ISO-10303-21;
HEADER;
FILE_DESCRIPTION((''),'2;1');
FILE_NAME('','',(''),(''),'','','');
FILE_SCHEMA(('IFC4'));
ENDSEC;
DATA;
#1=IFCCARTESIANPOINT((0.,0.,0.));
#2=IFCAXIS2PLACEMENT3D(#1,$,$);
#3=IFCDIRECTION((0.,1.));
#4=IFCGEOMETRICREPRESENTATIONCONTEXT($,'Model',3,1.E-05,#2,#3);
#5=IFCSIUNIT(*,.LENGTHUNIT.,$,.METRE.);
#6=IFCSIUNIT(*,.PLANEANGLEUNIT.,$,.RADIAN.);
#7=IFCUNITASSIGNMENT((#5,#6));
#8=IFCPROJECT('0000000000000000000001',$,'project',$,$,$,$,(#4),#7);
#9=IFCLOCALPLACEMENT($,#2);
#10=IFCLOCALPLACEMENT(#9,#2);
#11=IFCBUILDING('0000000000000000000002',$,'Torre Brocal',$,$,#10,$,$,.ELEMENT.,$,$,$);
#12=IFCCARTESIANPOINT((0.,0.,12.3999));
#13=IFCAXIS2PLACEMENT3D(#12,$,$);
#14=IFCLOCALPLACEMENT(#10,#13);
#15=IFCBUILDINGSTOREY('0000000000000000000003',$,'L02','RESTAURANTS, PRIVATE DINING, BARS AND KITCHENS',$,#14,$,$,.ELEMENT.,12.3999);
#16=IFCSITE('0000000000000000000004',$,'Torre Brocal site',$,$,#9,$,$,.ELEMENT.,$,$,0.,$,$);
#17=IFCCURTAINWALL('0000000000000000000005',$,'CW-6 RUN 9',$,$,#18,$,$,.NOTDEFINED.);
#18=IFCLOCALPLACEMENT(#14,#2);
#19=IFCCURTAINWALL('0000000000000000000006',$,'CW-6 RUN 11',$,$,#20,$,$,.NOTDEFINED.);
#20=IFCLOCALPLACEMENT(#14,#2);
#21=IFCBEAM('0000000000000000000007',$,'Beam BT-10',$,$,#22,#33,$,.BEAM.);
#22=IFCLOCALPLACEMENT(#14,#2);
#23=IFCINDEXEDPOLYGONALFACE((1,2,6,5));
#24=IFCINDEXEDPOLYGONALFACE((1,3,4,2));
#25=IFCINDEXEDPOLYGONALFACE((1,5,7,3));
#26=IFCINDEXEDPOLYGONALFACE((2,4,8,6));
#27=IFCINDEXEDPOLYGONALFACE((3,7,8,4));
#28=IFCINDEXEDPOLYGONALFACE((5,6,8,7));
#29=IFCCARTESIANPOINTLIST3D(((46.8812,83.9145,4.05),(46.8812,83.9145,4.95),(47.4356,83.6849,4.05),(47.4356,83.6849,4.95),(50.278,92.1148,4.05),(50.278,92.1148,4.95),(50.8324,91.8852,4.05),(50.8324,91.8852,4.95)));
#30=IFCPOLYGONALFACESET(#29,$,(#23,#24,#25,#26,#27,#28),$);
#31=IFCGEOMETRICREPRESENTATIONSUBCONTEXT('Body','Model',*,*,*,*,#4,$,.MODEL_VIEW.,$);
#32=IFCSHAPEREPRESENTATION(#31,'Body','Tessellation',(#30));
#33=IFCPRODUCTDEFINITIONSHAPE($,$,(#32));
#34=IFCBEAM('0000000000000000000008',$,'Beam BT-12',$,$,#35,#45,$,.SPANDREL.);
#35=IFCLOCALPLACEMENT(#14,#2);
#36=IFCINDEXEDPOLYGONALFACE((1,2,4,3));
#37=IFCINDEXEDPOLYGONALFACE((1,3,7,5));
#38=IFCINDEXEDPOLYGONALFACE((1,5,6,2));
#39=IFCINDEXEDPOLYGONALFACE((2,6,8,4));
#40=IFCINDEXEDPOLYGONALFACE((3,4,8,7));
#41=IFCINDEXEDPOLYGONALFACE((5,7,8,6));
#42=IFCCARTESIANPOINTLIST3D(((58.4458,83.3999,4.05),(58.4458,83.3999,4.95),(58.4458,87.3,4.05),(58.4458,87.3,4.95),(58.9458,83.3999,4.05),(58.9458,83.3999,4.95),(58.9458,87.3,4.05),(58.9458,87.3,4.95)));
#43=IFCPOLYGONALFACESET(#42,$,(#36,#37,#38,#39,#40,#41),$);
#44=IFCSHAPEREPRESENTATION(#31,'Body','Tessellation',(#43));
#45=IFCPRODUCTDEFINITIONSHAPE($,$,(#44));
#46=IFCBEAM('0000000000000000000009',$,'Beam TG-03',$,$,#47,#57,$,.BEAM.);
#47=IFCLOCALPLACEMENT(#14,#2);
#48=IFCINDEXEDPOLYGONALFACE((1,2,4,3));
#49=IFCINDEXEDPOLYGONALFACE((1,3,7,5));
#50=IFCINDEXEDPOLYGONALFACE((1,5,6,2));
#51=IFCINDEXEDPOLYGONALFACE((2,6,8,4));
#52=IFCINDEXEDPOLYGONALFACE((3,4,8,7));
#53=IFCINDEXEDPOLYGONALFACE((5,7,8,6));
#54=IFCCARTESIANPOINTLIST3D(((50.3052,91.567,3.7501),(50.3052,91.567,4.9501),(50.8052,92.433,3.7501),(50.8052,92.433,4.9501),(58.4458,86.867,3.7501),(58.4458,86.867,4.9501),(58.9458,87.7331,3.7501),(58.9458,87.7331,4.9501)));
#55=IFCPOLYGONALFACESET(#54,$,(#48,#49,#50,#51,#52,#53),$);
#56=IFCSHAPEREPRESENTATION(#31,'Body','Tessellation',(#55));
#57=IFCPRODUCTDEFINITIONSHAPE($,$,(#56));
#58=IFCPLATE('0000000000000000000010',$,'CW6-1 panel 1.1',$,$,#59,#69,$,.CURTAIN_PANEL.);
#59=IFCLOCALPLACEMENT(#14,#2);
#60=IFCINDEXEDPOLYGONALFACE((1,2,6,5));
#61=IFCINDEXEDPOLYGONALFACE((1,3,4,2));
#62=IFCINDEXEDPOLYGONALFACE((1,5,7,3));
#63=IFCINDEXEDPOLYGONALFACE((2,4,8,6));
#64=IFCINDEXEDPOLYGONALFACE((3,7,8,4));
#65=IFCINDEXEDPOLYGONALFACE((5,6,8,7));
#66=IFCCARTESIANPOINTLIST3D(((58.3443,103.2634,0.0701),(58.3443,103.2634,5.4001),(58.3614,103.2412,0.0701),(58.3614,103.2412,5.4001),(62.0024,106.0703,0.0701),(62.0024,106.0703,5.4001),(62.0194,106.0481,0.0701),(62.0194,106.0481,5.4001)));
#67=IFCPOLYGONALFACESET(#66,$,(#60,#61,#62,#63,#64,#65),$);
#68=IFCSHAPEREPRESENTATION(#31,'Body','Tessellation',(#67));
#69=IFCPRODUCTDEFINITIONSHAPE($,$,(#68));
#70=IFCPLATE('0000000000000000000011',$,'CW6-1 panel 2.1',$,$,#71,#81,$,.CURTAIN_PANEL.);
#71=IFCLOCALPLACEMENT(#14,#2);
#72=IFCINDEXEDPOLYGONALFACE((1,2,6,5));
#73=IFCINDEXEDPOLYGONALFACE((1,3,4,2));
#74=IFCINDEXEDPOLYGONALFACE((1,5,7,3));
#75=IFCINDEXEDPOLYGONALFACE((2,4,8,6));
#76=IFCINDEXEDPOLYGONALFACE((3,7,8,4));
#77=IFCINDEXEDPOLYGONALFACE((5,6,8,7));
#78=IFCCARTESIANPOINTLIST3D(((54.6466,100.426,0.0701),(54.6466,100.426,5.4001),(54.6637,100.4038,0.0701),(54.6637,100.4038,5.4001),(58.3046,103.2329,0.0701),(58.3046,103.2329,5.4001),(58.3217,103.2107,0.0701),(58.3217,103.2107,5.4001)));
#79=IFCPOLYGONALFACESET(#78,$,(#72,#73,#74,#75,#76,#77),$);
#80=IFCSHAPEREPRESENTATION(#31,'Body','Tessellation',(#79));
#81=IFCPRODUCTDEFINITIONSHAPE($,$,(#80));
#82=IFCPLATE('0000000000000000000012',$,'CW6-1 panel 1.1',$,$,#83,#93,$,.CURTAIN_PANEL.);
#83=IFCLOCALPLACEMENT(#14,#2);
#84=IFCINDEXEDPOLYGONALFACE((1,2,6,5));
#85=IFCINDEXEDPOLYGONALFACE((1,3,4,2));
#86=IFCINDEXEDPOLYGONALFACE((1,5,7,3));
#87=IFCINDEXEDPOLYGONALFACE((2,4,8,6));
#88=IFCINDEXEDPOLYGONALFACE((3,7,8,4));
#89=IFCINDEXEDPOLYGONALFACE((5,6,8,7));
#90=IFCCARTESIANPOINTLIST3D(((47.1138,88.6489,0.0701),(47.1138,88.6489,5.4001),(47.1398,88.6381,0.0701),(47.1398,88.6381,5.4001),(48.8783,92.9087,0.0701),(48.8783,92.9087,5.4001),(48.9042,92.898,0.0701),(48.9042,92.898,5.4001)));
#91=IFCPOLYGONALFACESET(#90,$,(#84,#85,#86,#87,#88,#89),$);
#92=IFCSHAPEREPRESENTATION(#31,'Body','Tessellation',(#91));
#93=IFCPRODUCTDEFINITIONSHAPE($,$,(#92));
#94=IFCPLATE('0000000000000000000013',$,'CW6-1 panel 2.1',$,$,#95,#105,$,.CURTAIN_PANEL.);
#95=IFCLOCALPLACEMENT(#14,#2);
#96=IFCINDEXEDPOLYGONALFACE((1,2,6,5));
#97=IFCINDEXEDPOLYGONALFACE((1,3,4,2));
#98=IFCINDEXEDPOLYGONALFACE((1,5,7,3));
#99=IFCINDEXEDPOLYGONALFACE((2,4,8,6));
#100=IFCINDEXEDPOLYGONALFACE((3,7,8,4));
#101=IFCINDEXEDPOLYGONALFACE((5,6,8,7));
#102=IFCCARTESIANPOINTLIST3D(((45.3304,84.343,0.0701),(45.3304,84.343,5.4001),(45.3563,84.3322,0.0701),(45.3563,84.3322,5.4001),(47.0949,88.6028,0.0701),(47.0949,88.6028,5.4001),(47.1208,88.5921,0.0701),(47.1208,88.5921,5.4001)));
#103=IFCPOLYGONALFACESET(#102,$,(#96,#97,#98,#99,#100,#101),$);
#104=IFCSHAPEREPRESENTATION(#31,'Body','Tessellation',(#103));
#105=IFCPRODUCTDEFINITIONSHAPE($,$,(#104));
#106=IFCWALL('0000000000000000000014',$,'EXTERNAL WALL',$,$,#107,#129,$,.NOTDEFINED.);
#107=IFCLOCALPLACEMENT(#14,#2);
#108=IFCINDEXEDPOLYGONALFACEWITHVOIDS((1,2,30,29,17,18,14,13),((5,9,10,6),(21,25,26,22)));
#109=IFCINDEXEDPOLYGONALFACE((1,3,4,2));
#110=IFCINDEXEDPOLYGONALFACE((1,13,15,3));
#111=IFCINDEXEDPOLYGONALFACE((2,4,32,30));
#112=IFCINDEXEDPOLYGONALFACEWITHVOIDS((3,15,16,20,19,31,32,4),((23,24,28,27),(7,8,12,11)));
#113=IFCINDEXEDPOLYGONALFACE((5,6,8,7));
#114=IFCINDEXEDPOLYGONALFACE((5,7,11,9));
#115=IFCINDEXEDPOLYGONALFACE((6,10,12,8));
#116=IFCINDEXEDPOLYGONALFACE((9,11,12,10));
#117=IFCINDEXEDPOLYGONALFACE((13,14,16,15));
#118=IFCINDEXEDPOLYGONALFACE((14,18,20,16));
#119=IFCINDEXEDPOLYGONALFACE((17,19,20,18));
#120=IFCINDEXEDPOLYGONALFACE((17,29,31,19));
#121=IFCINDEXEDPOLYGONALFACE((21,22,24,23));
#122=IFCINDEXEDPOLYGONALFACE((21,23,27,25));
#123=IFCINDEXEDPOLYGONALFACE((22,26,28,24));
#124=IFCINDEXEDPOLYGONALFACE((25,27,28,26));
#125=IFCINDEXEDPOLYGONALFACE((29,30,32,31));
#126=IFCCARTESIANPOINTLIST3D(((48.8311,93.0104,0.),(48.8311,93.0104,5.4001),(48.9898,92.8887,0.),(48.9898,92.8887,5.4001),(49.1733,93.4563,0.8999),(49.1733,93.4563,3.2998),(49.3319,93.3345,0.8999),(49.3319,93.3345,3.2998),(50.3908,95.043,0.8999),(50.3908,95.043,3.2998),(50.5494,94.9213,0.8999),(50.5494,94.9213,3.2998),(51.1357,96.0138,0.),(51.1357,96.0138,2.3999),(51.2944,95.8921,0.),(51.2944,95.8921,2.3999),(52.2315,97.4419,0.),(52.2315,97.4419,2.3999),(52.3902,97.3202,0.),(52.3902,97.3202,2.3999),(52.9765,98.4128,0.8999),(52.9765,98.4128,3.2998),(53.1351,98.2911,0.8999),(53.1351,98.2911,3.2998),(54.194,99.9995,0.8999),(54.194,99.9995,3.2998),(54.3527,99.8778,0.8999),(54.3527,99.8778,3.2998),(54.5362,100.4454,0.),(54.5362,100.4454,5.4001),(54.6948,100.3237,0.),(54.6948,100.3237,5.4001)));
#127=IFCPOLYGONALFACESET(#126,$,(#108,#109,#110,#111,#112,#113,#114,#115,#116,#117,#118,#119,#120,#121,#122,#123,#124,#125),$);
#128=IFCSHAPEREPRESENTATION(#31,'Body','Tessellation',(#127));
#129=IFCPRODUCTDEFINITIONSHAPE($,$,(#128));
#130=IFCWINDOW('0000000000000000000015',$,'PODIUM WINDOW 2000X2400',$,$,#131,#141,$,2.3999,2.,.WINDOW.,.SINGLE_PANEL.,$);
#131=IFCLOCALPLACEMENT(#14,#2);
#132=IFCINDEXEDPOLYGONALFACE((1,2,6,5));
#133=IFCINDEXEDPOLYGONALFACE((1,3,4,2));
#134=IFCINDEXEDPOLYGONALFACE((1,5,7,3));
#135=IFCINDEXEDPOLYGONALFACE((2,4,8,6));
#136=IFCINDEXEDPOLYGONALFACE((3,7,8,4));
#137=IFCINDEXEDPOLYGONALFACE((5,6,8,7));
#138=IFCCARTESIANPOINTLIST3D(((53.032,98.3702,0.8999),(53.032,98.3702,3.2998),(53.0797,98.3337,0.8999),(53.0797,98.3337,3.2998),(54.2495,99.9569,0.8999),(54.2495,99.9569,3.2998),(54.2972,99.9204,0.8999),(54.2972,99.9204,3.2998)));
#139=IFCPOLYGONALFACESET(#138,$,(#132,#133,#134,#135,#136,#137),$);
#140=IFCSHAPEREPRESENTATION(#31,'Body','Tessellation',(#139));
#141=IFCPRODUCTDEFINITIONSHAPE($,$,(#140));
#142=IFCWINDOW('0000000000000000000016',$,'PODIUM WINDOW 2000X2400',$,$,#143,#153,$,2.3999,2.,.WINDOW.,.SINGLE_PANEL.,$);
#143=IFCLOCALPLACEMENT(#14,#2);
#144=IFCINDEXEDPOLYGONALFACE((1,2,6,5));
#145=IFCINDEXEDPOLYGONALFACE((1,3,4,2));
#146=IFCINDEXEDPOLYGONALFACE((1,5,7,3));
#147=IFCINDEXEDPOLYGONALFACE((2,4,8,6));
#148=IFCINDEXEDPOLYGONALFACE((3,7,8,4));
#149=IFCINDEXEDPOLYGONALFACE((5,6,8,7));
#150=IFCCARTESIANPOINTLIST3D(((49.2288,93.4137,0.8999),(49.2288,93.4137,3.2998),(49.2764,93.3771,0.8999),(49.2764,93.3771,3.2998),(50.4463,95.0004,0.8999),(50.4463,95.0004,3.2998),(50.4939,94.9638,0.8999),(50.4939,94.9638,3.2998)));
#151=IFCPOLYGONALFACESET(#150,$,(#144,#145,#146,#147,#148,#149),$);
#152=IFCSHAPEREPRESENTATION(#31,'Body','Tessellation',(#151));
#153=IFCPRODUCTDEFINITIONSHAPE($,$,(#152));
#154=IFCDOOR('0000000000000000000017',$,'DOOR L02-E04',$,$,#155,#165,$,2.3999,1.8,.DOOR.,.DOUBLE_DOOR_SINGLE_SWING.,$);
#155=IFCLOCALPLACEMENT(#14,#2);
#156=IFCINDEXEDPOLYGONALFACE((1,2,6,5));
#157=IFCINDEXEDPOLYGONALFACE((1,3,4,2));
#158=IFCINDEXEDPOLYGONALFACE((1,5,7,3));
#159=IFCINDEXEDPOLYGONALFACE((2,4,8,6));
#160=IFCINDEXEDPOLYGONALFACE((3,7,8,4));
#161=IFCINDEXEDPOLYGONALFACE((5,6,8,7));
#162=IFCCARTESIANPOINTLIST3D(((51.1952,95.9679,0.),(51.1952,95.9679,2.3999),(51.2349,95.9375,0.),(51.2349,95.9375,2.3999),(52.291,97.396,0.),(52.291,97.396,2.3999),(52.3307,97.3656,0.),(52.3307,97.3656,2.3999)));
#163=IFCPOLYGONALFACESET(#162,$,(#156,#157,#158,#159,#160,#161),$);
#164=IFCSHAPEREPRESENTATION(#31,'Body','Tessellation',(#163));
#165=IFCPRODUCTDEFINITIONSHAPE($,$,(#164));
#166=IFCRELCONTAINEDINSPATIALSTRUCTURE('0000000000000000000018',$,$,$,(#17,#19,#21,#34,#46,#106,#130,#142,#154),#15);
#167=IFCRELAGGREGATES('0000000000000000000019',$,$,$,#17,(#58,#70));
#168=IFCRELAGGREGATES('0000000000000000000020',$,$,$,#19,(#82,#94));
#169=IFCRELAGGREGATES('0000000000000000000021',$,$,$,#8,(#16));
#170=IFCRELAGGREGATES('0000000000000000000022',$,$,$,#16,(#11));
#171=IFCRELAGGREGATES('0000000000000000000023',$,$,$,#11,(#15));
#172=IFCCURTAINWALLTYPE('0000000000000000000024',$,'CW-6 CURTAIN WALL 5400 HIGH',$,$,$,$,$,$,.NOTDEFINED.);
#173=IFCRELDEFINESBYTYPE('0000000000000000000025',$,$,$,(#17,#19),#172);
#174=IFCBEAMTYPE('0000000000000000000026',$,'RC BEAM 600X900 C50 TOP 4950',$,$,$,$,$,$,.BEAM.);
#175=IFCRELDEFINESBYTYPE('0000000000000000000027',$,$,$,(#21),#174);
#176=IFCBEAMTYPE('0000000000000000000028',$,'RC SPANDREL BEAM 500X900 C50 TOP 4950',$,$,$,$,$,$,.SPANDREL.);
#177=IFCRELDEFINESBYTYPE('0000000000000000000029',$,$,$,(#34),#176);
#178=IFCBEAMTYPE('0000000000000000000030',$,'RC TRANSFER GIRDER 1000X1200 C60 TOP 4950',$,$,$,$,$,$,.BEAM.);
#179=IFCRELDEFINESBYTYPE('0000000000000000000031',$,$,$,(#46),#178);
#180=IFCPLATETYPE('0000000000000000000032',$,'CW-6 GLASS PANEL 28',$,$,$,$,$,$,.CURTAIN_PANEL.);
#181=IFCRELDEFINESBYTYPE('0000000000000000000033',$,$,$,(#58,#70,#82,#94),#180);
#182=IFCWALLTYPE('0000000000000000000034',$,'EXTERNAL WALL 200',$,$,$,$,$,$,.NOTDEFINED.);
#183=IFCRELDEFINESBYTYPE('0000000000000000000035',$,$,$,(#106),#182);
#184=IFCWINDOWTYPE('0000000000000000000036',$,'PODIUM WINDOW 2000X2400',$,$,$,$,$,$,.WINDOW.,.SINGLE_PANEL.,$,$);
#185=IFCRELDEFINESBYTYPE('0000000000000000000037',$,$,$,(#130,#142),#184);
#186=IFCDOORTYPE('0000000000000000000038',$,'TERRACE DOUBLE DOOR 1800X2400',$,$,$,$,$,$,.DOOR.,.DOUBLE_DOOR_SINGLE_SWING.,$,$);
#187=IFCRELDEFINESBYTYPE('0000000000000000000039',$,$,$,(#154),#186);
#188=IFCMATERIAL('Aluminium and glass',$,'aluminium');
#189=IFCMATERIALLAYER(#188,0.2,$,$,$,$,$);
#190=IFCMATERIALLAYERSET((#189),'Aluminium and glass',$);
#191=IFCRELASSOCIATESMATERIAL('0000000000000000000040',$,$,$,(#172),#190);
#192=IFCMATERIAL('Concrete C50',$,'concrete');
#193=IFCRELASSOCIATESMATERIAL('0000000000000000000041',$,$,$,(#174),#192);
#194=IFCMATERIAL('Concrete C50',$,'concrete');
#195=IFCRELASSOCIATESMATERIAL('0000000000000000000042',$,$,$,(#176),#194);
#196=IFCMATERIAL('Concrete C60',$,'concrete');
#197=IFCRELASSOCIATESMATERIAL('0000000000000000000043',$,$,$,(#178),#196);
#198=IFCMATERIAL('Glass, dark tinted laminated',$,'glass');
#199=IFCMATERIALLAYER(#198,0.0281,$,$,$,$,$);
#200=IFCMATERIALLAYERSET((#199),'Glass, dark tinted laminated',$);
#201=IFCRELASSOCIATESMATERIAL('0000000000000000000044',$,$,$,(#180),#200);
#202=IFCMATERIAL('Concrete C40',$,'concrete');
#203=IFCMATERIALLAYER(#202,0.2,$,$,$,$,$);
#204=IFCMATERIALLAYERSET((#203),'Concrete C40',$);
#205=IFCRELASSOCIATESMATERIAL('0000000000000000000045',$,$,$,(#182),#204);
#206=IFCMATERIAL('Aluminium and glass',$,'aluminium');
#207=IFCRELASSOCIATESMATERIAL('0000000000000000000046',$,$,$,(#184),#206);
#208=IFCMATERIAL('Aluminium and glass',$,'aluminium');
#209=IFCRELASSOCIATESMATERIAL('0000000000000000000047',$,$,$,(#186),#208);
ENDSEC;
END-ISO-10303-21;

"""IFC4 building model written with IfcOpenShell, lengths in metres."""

from ifc_helpers import new_model, si_unit, direction, frame, frame_2d, origin, origin_2d, place, context, subcontext, project, spatial, rectangle, extrude, material, layer, layer_set, material_profile, profile_set, type_object, element, fill, aggregate, save


model = new_model("IFC4")

# Units and contexts
model_context = context("Model", 3, precision=1e-05, world=origin(), true_north=direction((0.0, 1.0)))
body_context = subcontext(model_context, "Body", "Model", "MODEL_VIEW")
ifc_project = project(units=[si_unit("LENGTHUNIT", "METRE"), si_unit("PLANEANGLEUNIT", "RADIAN")], contexts=[model_context])

# Site, building, storey
site_placement = place(None, origin())
site = spatial("IfcSite", under=ifc_project, at=site_placement, Name="Torre Brocal site", CompositionType="ELEMENT", RefElevation=0.0)
building_placement = place(site_placement, origin())
building = spatial("IfcBuilding", under=site, at=building_placement, Name="Torre Brocal", CompositionType="ELEMENT")
storey_placement = place(building_placement, frame((0.0, 0.0, 12.3999)))
storey = spatial("IfcBuildingStorey", under=building, at=storey_placement, Name="L02", Description="RESTAURANTS, PRIVATE DINING, BARS AND KITCHENS", CompositionType="ELEMENT", Elevation=12.3999)

# Shared definitions
ifc_material_1 = material(Name="Aluminium and glass", Category="aluminium")
ifc_layer_1 = layer(ifc_material_1, 0.2)
ifc_layer_set_1 = layer_set([ifc_layer_1], Name="Aluminium and glass")
curtain_wall_type = type_object("IfcCurtainWallType", Name="CW-6 CURTAIN WALL 5400 HIGH", PredefinedType="NOTDEFINED", material=ifc_layer_set_1)

# Curtain walls
curtain_wall_1_placement = place(storey_placement, origin())
curtain_wall_1 = element("IfcCurtainWall", 1, at=curtain_wall_1_placement, inside=storey, type_object=curtain_wall_type, Name="CW-6 RUN 9", PredefinedType="NOTDEFINED")
curtain_wall_2_placement = place(storey_placement, origin())
curtain_wall_2 = element("IfcCurtainWall", 2, at=curtain_wall_2_placement, inside=storey, type_object=curtain_wall_type, Name="CW-6 RUN 11", PredefinedType="NOTDEFINED")

# Beams
ifc_material_2 = material(Name="Concrete C50", Category="concrete")
ifc_material_profile_1 = material_profile(ifc_material_2, rectangle(XDim=0.6001, YDim=0.8999, at=origin_2d()), Name="RC 600X900")
ifc_profile_set_1 = profile_set([ifc_material_profile_1], Name="Concrete C50")
beam_type_1 = type_object("IfcBeamType", Name="RC BEAM 600X900 C50 TOP 4950", PredefinedType="BEAM", material=ifc_profile_set_1)
beam_1_placement = place(storey_placement, frame((50.5552, 92.0, 4.5), z_axis=(-0.382693, -0.923876, 0.0), x_axis=(0.923876, -0.382693, 0.0)))
element("IfcBeam", 3, at=beam_1_placement, inside=storey, type_object=beam_type_1, Name="Beam BT-10", PredefinedType="BEAM", context=body_context, shape_type="SweptSolid", body=[
    extrude(rectangle(XDim=0.6001, YDim=0.8999, at=origin_2d()), origin(), (0.0, 0.0, 1.0), 8.876),
])
ifc_material_3 = material(Name="Concrete C50", Category="concrete")
ifc_material_profile_2 = material_profile(ifc_material_3, rectangle(XDim=0.5, YDim=0.8999, at=origin_2d()), Name="RC 500X900")
ifc_profile_set_2 = profile_set([ifc_material_profile_2], Name="Concrete C50")
beam_type_2 = type_object("IfcBeamType", Name="RC SPANDREL BEAM 500X900 C50 TOP 4950", PredefinedType="SPANDREL", material=ifc_profile_set_2)
beam_2_placement = place(storey_placement, frame((58.6958, 87.3, 4.5), z_axis=(0.0, -1.0, 0.0), x_axis=(1.0, 0.0, 0.0)))
element("IfcBeam", 4, at=beam_2_placement, inside=storey, type_object=beam_type_2, Name="Beam BT-12", PredefinedType="SPANDREL", context=body_context, shape_type="SweptSolid", body=[
    extrude(rectangle(XDim=0.5, YDim=0.8999, at=origin_2d()), origin(), (0.0, 0.0, 1.0), 3.9001),
])
ifc_material_4 = material(Name="Concrete C60", Category="concrete")
ifc_material_profile_3 = material_profile(ifc_material_4, rectangle(XDim=1.0, YDim=1.2, at=origin_2d()), Name="RC 1000X1200")
ifc_profile_set_3 = profile_set([ifc_material_profile_3], Name="Concrete C60")
beam_type_3 = type_object("IfcBeamType", Name="RC TRANSFER GIRDER 1000X1200 C60 TOP 4950", PredefinedType="BEAM", material=ifc_profile_set_3)
beam_3_placement = place(storey_placement, frame((58.6958, 87.3, 4.3501), z_axis=(-0.866027, 0.499997, 0.0), x_axis=(-0.499997, -0.866027, 0.0)))
element("IfcBeam", 5, at=beam_3_placement, inside=storey, type_object=beam_type_3, Name="Beam TG-03", PredefinedType="BEAM", context=body_context, shape_type="SweptSolid", body=[
    extrude(rectangle(XDim=1.0, YDim=1.2, at=origin_2d()), origin(), (0.0, 0.0, 1.0), 9.3999),
])

# Plates
ifc_material_5 = material(Name="Glass, dark tinted laminated", Category="glass")
ifc_layer_2 = layer(ifc_material_5, 0.0281)
ifc_layer_set_2 = layer_set([ifc_layer_2], Name="Glass, dark tinted laminated")
plate_type = type_object("IfcPlateType", Name="CW-6 GLASS PANEL 28", PredefinedType="CURTAIN_PANEL", material=ifc_layer_set_2)
plate_1_placement = place(storey_placement, frame((60.1819, 104.6558, 0.0701), z_axis=(0.0, 0.0, 1.0), x_axis=(-0.793353, -0.608761, 0.0)))
plate_1 = element("IfcPlate", 6, at=plate_1_placement, type_object=plate_type, Name="CW6-1 panel 1.1", PredefinedType="CURTAIN_PANEL", context=body_context, shape_type="SweptSolid", body=[
    extrude(rectangle(XDim=4.6108, YDim=0.0281, at=origin_2d()), origin(), (0.0, 0.0, 1.0), 5.3301),
])
plate_2_placement = place(storey_placement, frame((56.4841, 101.8184, 0.0701), z_axis=(0.0, 0.0, 1.0), x_axis=(-0.793353, -0.608761, 0.0)))
plate_2 = element("IfcPlate", 7, at=plate_2_placement, type_object=plate_type, Name="CW6-1 panel 2.1", PredefinedType="CURTAIN_PANEL", context=body_context, shape_type="SweptSolid", body=[
    extrude(rectangle(XDim=4.6108, YDim=0.0281, at=origin_2d()), origin(), (0.0, 0.0, 1.0), 5.3301),
])
aggregate(curtain_wall_1, [plate_1, plate_2])
plate_3_placement = place(storey_placement, frame((48.009, 90.7734, 0.0701), z_axis=(0.0, 0.0, 1.0), x_axis=(-0.382683, -0.92388, 0.0)))
plate_3 = element("IfcPlate", 8, at=plate_3_placement, type_object=plate_type, Name="CW6-1 panel 1.1", PredefinedType="CURTAIN_PANEL", context=body_context, shape_type="SweptSolid", body=[
    extrude(rectangle(XDim=4.6108, YDim=0.0281, at=origin_2d()), origin(), (0.0, 0.0, 1.0), 5.3301),
])
plate_4_placement = place(storey_placement, frame((46.2256, 86.4675, 0.0701), z_axis=(0.0, 0.0, 1.0), x_axis=(-0.382683, -0.92388, 0.0)))
plate_4 = element("IfcPlate", 9, at=plate_4_placement, type_object=plate_type, Name="CW6-1 panel 2.1", PredefinedType="CURTAIN_PANEL", context=body_context, shape_type="SweptSolid", body=[
    extrude(rectangle(XDim=4.6108, YDim=0.0281, at=origin_2d()), origin(), (0.0, 0.0, 1.0), 5.3301),
])
aggregate(curtain_wall_2, [plate_3, plate_4])

# Wall, openings, windows, door
ifc_material_6 = material(Name="Concrete C40", Category="concrete")
ifc_layer_3 = layer(ifc_material_6, 0.2)
ifc_layer_set_3 = layer_set([ifc_layer_3], Name="Concrete C40")
wall_type_1 = type_object("IfcWallType", Name="EXTERNAL WALL 200", PredefinedType="NOTDEFINED", material=ifc_layer_set_3)
wall_1_placement = place(storey_placement, frame((54.6155, 100.3845, 0.0), z_axis=(0.0, 0.0, 1.0), x_axis=(-0.608759, -0.793356, 0.0)))
wall_1 = element("IfcWall", 10, at=wall_1_placement, inside=storey, type_object=wall_type_1, Name="EXTERNAL WALL", PredefinedType="NOTDEFINED", context=body_context, shape_type="SweptSolid", body=[
    extrude(rectangle(XDim=9.3716, YDim=0.2, at=frame_2d((4.6858, 0.0))), origin(), (0.0, 0.0, 1.0), 5.4001),
])
opening_1_placement = place(wall_1_placement, frame((0.562, 0.0, 0.8999)))
opening_1 = element("IfcOpeningElement", 11, at=opening_1_placement, cuts=wall_1, PredefinedType="OPENING", context=body_context, shape_type="SweptSolid", body=[
    extrude(rectangle(XDim=2.0, YDim=2.3999, at=frame_2d((1.0, 1.2))), frame((0.0, 0.1099, 0.0), z_axis=(0.0, -1.0, 0.0), x_axis=(1.0, 0.0, 0.0)), (0.0, 0.0, 1.0), 0.22),
])
opening_2_placement = place(wall_1_placement, frame((3.7859, 0.0, 0.0)))
opening_2 = element("IfcOpeningElement", 12, at=opening_2_placement, cuts=wall_1, PredefinedType="OPENING", context=body_context, shape_type="SweptSolid", body=[
    extrude(rectangle(XDim=1.8, YDim=2.3999, at=frame_2d((0.8999, 1.2))), frame((0.0, 0.1099, 0.0), z_axis=(0.0, -1.0, 0.0), x_axis=(1.0, 0.0, 0.0)), (0.0, 0.0, 1.0), 0.22),
])
opening_3_placement = place(wall_1_placement, frame((6.8096, 0.0, 0.8999)))
opening_3 = element("IfcOpeningElement", 13, at=opening_3_placement, cuts=wall_1, PredefinedType="OPENING", context=body_context, shape_type="SweptSolid", body=[
    extrude(rectangle(XDim=2.0, YDim=2.3999, at=frame_2d((1.0, 1.2))), frame((0.0, 0.1099, 0.0), z_axis=(0.0, -1.0, 0.0), x_axis=(1.0, 0.0, 0.0)), (0.0, 0.0, 1.0), 0.22),
])
ifc_material_7 = material(Name="Aluminium and glass", Category="aluminium")
window_type = type_object("IfcWindowType", Name="PODIUM WINDOW 2000X2400", PartitioningType="SINGLE_PANEL", PredefinedType="WINDOW", material=ifc_material_7)
window_1_placement = place(opening_1_placement, origin())
window_1 = element("IfcWindow", 14, at=window_1_placement, inside=storey, type_object=window_type, Name="PODIUM WINDOW 2000X2400", OverallHeight=2.3999, OverallWidth=2.0, PartitioningType="SINGLE_PANEL", PredefinedType="WINDOW", context=body_context, shape_type="SweptSolid", body=[
    extrude(rectangle(XDim=2.0, YDim=2.3999, at=frame_2d((1.0, 1.2))), frame((0.0, 0.03, 0.0), z_axis=(0.0, -1.0, 0.0), x_axis=(1.0, 0.0, 0.0)), (0.0, 0.0, 1.0), 0.0601),
])
fill(opening_1, window_1)
window_2_placement = place(opening_3_placement, origin())
window_2 = element("IfcWindow", 15, at=window_2_placement, inside=storey, type_object=window_type, Name="PODIUM WINDOW 2000X2400", OverallHeight=2.3999, OverallWidth=2.0, PartitioningType="SINGLE_PANEL", PredefinedType="WINDOW", context=body_context, shape_type="SweptSolid", body=[
    extrude(rectangle(XDim=2.0, YDim=2.3999, at=frame_2d((1.0, 1.2))), frame((0.0, 0.03, 0.0), z_axis=(0.0, -1.0, 0.0), x_axis=(1.0, 0.0, 0.0)), (0.0, 0.0, 1.0), 0.0601),
])
fill(opening_3, window_2)
ifc_material_8 = material(Name="Aluminium and glass", Category="aluminium")
door_type = type_object("IfcDoorType", Name="TERRACE DOUBLE DOOR 1800X2400", OperationType="DOUBLE_DOOR_SINGLE_SWING", PredefinedType="DOOR", material=ifc_material_8)
door_placement = place(opening_2_placement, frame((1.8, 0.0, 0.0), z_axis=(0.0, 0.0, 1.0), x_axis=(-1.0, 0.0, 0.0)))
door = element("IfcDoor", 16, at=door_placement, inside=storey, type_object=door_type, Name="DOOR L02-E04", OperationType="DOUBLE_DOOR_SINGLE_SWING", OverallHeight=2.3999, OverallWidth=1.8, PredefinedType="DOOR", context=body_context, shape_type="SweptSolid", body=[
    extrude(rectangle(XDim=1.8, YDim=2.3999, at=frame_2d((0.8999, 1.2))), frame((0.0, 0.0249, 0.0), z_axis=(0.0, -1.0, 0.0), x_axis=(1.0, 0.0, 0.0)), (0.0, 0.0, 1.0), 0.05),
])
fill(opening_2, door)

save(model, "model.ifc")
